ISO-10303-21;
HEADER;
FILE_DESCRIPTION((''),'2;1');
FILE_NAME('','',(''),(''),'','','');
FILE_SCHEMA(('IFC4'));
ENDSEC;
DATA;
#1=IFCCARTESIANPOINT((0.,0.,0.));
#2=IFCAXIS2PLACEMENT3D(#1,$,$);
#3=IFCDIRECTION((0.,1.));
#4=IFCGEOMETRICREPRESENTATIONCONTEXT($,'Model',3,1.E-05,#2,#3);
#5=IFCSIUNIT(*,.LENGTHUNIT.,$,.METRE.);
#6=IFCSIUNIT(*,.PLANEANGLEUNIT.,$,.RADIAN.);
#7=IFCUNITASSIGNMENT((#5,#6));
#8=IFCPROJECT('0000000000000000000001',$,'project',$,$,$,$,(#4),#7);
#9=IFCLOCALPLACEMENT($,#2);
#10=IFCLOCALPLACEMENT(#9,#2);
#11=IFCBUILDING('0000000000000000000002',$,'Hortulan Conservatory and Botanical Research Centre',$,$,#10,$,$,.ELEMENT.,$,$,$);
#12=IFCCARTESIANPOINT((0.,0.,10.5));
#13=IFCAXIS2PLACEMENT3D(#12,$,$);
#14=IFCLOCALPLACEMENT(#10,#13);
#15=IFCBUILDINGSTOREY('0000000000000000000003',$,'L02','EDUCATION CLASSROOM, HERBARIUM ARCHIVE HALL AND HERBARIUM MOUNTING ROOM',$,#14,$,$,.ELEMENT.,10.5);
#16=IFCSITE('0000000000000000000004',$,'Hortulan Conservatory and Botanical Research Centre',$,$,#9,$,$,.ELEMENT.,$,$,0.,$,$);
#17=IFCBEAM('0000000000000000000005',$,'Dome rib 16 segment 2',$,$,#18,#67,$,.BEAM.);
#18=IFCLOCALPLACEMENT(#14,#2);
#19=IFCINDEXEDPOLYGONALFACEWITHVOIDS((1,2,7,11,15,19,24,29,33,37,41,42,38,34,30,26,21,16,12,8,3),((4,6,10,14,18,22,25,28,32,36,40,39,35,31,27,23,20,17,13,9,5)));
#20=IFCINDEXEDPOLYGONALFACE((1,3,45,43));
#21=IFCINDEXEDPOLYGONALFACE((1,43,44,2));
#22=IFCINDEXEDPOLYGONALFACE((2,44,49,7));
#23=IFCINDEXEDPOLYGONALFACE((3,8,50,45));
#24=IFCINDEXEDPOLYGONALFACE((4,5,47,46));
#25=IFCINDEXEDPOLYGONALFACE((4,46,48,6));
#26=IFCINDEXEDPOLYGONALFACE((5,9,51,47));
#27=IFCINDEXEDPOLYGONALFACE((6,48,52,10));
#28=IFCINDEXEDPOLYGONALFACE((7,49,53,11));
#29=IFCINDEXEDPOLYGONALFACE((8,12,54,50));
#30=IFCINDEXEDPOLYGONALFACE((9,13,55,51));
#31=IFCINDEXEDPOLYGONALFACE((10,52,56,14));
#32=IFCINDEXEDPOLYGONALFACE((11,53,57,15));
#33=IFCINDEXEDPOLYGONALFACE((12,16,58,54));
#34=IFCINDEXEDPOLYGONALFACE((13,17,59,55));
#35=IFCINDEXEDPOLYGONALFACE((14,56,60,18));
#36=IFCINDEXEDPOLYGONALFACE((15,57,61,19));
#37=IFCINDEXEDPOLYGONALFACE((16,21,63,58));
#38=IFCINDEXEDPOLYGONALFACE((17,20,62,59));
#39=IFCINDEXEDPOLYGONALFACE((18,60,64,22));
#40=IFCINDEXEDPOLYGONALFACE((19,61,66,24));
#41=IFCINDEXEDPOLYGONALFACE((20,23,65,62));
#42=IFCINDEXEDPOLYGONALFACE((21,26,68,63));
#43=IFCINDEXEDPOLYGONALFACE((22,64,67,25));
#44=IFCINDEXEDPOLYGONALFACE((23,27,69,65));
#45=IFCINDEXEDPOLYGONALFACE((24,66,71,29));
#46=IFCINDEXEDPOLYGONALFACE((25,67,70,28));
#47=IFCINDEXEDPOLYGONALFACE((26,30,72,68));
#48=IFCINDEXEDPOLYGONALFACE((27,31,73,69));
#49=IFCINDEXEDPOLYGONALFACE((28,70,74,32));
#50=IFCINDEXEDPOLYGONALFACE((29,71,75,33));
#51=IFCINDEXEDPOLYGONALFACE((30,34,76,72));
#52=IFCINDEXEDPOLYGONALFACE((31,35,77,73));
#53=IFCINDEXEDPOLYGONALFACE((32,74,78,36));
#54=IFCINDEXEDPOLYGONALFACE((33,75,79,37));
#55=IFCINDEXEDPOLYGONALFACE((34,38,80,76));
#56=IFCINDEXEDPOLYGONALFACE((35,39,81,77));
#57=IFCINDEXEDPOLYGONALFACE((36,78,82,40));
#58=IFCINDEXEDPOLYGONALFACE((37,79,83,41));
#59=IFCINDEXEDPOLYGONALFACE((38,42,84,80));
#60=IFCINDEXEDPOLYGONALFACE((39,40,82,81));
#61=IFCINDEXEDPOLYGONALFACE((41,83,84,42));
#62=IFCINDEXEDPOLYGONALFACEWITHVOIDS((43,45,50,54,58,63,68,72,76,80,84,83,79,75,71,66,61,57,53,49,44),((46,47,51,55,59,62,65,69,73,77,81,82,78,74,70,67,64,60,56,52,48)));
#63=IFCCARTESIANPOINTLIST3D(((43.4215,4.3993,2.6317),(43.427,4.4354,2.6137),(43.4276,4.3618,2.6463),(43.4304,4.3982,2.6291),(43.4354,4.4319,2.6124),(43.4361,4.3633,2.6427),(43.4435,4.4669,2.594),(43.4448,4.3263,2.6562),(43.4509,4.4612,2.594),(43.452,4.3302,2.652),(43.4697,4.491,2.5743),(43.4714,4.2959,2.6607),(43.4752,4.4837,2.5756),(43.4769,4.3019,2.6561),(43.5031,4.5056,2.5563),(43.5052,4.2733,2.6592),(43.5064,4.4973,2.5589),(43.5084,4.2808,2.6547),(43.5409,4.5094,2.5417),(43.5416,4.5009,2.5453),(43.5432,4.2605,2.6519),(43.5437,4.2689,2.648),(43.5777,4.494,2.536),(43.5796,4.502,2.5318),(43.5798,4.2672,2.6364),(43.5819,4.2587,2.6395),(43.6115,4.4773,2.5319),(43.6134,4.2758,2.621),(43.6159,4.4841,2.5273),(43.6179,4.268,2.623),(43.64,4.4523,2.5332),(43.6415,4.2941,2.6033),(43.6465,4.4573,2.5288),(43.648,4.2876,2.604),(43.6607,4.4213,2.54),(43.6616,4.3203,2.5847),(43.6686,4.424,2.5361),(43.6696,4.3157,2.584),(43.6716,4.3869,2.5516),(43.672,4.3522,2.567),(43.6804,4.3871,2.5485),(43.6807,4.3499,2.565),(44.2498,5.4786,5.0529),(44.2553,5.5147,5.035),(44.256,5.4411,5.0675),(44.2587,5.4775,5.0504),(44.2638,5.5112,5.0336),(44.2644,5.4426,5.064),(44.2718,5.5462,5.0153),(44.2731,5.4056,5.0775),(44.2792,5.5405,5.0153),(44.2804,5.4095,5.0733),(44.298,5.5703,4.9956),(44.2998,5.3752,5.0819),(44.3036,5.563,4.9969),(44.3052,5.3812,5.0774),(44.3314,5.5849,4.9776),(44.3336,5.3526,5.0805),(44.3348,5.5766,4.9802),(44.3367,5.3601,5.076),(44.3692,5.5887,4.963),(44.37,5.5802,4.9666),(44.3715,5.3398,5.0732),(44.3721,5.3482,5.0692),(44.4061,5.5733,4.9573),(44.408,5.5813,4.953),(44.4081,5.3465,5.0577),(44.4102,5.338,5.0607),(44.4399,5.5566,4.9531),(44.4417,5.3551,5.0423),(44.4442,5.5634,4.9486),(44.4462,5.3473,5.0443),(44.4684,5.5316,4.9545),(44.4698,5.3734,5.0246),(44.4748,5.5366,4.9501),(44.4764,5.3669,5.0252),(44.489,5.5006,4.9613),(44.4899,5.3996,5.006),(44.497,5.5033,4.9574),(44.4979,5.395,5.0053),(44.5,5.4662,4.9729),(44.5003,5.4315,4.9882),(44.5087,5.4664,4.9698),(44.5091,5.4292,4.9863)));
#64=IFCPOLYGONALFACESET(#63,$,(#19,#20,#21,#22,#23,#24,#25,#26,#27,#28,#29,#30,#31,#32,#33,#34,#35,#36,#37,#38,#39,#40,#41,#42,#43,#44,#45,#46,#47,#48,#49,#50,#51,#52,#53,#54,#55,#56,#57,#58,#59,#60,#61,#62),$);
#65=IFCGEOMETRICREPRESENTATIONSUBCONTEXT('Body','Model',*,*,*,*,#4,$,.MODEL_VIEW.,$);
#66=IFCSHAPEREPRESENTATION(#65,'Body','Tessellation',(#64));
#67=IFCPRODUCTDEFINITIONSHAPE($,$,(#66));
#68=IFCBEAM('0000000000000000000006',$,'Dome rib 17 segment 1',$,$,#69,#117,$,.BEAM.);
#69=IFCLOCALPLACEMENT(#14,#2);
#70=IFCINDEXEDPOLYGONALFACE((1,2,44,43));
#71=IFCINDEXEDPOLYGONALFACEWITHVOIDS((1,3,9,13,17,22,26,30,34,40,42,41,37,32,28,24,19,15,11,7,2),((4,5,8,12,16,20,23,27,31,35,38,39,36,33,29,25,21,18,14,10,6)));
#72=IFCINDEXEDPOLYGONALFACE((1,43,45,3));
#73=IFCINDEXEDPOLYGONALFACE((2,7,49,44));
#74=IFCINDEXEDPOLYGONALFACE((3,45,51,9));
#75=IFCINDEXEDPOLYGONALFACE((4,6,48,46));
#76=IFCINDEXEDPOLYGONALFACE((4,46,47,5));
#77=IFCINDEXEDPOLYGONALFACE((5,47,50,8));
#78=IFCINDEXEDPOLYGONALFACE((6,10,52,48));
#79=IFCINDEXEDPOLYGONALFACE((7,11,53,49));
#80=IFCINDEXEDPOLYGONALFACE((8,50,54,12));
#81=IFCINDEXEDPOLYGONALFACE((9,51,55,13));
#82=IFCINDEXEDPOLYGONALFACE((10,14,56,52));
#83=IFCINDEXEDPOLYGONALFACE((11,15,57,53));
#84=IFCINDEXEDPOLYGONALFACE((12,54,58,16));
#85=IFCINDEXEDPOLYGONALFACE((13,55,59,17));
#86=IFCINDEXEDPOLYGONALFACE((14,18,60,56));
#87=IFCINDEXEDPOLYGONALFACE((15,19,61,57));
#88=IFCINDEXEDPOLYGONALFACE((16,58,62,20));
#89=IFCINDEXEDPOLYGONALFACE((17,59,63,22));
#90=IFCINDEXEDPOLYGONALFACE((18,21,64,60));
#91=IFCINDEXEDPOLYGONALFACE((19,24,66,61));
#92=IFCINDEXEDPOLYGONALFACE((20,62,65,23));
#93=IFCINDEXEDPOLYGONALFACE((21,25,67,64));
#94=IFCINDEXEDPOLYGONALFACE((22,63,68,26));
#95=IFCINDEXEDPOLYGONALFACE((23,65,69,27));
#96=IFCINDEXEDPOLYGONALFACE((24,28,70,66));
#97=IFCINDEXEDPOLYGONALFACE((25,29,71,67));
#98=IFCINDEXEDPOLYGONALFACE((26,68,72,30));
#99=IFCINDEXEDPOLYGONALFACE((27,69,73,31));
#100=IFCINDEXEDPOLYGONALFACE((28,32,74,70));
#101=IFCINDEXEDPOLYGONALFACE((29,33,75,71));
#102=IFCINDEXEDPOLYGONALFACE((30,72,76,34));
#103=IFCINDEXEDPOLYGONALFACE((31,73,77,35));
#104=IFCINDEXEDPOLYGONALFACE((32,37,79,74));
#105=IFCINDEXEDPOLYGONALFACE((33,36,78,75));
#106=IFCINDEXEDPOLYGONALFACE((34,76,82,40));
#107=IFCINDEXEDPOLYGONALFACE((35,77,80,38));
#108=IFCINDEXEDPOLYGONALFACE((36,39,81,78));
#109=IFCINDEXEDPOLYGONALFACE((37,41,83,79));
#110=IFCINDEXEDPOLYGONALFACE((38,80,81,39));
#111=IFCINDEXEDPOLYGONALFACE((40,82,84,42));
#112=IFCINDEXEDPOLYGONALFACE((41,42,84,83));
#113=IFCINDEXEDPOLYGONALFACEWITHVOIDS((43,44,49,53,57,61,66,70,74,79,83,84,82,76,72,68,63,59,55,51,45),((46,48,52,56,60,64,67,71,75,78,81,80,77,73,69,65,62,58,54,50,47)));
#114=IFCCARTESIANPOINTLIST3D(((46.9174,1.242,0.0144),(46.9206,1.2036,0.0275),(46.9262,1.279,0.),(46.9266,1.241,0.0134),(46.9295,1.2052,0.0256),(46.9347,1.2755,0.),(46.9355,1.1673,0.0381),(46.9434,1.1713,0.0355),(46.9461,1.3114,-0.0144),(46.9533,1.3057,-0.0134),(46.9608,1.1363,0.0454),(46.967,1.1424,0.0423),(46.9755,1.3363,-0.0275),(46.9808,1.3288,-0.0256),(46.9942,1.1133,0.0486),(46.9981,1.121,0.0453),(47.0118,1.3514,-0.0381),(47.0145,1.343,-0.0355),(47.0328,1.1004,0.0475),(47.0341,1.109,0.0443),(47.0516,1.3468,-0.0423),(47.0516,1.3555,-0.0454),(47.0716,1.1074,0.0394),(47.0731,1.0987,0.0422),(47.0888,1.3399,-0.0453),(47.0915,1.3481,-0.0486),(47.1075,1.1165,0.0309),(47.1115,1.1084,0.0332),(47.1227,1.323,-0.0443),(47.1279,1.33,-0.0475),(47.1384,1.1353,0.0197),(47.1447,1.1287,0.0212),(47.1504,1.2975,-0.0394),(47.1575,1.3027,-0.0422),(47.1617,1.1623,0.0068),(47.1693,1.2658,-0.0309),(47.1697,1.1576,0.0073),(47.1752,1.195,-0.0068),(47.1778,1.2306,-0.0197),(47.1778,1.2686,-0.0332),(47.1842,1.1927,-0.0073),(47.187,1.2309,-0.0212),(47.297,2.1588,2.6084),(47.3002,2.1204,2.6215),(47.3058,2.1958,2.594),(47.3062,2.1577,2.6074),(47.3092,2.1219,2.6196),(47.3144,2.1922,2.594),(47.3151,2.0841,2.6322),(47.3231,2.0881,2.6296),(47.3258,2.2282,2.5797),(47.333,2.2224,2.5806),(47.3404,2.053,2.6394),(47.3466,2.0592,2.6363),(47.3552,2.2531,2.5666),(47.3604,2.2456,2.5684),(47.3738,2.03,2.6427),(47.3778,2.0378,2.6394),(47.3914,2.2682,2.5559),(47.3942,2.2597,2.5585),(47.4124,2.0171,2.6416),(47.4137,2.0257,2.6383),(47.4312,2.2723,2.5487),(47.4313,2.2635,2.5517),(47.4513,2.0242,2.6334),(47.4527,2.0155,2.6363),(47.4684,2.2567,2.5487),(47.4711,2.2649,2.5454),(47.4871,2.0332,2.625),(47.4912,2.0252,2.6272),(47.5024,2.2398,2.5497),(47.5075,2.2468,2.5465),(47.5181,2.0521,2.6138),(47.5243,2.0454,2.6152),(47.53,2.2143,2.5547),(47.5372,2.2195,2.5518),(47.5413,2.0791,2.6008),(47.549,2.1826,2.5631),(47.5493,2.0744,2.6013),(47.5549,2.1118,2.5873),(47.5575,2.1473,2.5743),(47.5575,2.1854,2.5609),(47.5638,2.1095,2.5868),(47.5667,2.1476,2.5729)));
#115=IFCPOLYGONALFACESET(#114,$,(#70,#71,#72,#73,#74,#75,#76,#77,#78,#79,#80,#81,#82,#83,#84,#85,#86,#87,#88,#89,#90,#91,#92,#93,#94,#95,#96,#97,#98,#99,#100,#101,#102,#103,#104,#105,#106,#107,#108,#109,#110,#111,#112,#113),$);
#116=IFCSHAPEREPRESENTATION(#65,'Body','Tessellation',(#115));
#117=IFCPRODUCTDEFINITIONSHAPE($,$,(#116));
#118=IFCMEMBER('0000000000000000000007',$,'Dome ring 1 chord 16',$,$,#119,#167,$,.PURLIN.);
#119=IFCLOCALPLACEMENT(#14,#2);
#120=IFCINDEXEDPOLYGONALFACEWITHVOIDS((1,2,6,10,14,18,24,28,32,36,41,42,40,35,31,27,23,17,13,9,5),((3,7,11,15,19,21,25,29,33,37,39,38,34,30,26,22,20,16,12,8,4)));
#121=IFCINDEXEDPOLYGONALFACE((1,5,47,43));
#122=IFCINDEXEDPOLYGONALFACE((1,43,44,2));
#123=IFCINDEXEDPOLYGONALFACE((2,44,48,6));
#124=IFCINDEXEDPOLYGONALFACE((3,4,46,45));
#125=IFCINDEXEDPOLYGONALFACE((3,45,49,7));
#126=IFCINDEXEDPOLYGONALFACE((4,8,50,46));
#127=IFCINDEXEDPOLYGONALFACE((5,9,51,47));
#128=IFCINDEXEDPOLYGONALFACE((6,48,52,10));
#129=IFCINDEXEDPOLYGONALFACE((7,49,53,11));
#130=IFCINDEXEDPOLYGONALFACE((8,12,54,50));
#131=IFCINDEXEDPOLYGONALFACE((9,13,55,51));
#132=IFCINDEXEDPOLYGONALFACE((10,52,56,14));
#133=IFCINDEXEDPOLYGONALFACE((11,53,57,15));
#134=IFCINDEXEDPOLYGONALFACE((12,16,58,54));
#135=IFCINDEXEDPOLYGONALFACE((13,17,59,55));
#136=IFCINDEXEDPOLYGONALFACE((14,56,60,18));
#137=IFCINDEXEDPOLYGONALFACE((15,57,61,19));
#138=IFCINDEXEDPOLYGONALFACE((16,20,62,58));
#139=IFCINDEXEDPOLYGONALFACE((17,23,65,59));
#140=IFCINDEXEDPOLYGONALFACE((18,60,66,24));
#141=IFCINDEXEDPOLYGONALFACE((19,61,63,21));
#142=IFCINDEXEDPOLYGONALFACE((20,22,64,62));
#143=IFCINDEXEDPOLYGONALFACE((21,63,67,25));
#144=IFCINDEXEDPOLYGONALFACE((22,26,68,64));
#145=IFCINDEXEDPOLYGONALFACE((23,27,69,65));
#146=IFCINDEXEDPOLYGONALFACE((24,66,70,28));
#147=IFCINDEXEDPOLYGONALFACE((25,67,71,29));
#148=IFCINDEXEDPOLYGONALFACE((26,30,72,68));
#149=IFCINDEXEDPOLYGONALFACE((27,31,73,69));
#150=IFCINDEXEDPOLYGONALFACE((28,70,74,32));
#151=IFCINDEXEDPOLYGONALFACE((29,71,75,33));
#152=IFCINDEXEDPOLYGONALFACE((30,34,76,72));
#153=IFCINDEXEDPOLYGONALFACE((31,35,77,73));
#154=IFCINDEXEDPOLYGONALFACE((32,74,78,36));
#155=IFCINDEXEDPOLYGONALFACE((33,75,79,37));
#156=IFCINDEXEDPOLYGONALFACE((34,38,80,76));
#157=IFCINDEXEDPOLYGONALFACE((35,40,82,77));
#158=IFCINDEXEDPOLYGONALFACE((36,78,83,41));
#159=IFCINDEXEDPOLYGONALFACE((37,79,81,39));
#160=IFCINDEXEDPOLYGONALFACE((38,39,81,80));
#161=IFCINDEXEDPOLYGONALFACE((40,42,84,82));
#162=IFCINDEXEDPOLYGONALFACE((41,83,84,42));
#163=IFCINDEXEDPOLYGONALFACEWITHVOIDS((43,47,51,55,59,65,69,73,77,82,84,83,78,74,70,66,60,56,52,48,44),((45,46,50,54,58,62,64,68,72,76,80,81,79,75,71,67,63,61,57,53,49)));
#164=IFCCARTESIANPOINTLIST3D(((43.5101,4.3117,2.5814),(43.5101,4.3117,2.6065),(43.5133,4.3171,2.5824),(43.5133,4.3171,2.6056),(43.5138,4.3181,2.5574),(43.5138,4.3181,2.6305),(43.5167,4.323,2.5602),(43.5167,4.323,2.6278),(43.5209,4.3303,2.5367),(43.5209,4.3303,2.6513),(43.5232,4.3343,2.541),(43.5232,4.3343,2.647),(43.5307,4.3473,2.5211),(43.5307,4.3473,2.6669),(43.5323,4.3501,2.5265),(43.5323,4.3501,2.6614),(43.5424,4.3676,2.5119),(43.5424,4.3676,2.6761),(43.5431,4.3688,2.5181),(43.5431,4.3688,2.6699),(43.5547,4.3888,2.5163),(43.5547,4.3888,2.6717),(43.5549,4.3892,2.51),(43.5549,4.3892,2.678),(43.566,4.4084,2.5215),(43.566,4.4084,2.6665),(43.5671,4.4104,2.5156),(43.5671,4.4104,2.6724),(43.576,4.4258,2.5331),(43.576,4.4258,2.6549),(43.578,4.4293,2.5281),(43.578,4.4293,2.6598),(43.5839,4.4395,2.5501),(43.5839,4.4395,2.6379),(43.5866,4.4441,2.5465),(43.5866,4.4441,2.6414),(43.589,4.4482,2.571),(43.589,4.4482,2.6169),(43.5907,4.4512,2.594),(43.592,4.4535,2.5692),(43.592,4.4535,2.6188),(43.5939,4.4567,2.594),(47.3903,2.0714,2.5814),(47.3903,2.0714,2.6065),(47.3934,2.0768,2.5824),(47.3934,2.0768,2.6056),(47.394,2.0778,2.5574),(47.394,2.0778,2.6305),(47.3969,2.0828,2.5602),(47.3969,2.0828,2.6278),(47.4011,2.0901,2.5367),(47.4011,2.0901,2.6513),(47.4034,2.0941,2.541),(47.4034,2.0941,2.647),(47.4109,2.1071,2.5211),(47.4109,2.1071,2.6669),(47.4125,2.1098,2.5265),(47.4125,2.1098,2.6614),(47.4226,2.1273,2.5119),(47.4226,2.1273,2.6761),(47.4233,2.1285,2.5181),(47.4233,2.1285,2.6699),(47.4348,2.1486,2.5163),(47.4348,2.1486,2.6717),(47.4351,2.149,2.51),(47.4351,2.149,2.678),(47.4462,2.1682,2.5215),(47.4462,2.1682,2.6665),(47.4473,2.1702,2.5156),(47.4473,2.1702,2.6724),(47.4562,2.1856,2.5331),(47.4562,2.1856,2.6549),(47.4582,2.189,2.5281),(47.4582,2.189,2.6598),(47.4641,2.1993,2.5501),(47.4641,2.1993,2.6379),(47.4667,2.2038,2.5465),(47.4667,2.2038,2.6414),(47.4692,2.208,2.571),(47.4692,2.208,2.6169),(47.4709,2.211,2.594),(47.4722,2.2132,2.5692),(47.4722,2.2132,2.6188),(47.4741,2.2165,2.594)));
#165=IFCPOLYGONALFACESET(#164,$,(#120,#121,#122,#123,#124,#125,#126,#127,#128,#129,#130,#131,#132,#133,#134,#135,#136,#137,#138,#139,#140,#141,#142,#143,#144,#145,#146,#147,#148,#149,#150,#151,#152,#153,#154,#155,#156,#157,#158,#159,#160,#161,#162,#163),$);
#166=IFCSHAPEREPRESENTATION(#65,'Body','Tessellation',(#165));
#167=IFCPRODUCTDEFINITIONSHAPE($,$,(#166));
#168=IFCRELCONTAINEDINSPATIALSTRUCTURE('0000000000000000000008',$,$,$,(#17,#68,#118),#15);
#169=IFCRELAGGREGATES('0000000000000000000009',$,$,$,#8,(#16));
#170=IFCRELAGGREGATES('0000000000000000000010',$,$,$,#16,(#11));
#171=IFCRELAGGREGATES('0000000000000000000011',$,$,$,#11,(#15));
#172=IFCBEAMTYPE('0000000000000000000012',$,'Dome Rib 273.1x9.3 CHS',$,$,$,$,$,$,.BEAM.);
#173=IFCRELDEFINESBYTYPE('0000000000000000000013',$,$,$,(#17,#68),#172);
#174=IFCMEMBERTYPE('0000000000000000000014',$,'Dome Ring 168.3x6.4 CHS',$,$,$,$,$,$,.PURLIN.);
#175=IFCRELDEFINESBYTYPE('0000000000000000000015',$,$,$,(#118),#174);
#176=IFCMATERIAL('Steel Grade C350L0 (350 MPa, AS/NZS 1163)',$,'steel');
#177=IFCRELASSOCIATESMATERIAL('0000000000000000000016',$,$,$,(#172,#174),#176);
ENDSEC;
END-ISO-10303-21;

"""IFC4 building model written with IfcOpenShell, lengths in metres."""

from ifc_helpers import new_model, si_unit, direction, frame, origin, origin_2d, place, context, subcontext, project, spatial, hollow_circle, extrude, material, material_profile, profile_set, type_object, element, save


model = new_model("IFC4")

# Units and contexts
model_context = context("Model", 3, precision=1e-05, world=origin(), true_north=direction((0.0, 1.0)))
body_context = subcontext(model_context, "Body", "Model", "MODEL_VIEW")
ifc_project = project(units=[si_unit("LENGTHUNIT", "METRE"), si_unit("PLANEANGLEUNIT", "RADIAN")], contexts=[model_context])

# Site, building, storey
site_placement = place(None, origin())
site = spatial("IfcSite", under=ifc_project, at=site_placement, Name="Hortulan Conservatory and Botanical Research Centre", CompositionType="ELEMENT", RefElevation=0.0)
building_placement = place(site_placement, origin())
building = spatial("IfcBuilding", under=site, at=building_placement, Name="Hortulan Conservatory and Botanical Research Centre", CompositionType="ELEMENT")
storey_placement = place(building_placement, frame((0.0, 0.0, 10.5)))
storey = spatial("IfcBuildingStorey", under=building, at=storey_placement, Name="L02", Description="EDUCATION CLASSROOM, HERBARIUM ARCHIVE HALL AND HERBARIUM MOUNTING ROOM", CompositionType="ELEMENT", Elevation=10.5)

# Beams
ifc_material_1 = material(Name="Steel Grade C350L0 (350 MPa, AS/NZS 1163)", Category="steel")
ifc_material_profile_1 = material_profile(ifc_material_1, hollow_circle(Radius=0.1365, WallThickness=0.0093, at=origin_2d()), Name="273.1x9.3CHS")
ifc_profile_set_1 = profile_set([ifc_material_profile_1], Name="Steel Grade C350L0 (350 MPa, AS/NZS 1163)")
beam_type_1 = type_object("IfcBeamType", Name="Dome Rib 273.1x9.3 CHS", PredefinedType="BEAM", material=ifc_profile_set_1)
for number, where, z_axis, x_axis, name in (
    (1, (43.5518, 4.3838, 2.594), (0.298247, 0.388609, 0.871798), (-0.793297, 0.608835, 0.0), "Dome rib 16 segment 2"),
    (2, (47.0522, 1.2268, 0.0), (0.136694, 0.330087, 0.934001), (-0.923912, 0.382605, 0.0), "Dome rib 17 segment 1"),
):
    element("IfcBeam", number, at=place(storey_placement, frame(where, z_axis=z_axis, x_axis=x_axis)), inside=storey, type_object=beam_type_1, Name=name, PredefinedType="BEAM", context=body_context, shape_type="SweptSolid", body=[
        extrude(hollow_circle(Radius=0.1365, WallThickness=0.0093, at=origin_2d()), origin(), (0.0, 0.0, 1.0), 2.7773),
    ])

# Member
ifc_material_profile_2 = material_profile(ifc_material_1, hollow_circle(Radius=0.0842, WallThickness=0.0063, at=origin_2d()), Name="168.3x6.4CHS")
ifc_profile_set_2 = profile_set([ifc_material_profile_2], Name="Steel Grade C350L0 (350 MPa, AS/NZS 1163)")
member_type_1 = type_object("IfcMemberType", Name="Dome Ring 168.3x6.4 CHS", PredefinedType="PURLIN", material=ifc_profile_set_2)
member_1_placement = place(storey_placement, frame((43.5518, 4.3838, 2.594), z_axis=(0.866021, -0.500007, 0.0), x_axis=(0.500007, 0.866021, 0.0)))
element("IfcMember", 3, at=member_1_placement, inside=storey, type_object=member_type_1, Name="Dome ring 1 chord 16", PredefinedType="PURLIN", context=body_context, shape_type="SweptSolid", body=[
    extrude(hollow_circle(Radius=0.0842, WallThickness=0.0063, at=origin_2d()), origin(), (0.0, 0.0, 1.0), 4.4805),
])

save(model, "model.ifc")
